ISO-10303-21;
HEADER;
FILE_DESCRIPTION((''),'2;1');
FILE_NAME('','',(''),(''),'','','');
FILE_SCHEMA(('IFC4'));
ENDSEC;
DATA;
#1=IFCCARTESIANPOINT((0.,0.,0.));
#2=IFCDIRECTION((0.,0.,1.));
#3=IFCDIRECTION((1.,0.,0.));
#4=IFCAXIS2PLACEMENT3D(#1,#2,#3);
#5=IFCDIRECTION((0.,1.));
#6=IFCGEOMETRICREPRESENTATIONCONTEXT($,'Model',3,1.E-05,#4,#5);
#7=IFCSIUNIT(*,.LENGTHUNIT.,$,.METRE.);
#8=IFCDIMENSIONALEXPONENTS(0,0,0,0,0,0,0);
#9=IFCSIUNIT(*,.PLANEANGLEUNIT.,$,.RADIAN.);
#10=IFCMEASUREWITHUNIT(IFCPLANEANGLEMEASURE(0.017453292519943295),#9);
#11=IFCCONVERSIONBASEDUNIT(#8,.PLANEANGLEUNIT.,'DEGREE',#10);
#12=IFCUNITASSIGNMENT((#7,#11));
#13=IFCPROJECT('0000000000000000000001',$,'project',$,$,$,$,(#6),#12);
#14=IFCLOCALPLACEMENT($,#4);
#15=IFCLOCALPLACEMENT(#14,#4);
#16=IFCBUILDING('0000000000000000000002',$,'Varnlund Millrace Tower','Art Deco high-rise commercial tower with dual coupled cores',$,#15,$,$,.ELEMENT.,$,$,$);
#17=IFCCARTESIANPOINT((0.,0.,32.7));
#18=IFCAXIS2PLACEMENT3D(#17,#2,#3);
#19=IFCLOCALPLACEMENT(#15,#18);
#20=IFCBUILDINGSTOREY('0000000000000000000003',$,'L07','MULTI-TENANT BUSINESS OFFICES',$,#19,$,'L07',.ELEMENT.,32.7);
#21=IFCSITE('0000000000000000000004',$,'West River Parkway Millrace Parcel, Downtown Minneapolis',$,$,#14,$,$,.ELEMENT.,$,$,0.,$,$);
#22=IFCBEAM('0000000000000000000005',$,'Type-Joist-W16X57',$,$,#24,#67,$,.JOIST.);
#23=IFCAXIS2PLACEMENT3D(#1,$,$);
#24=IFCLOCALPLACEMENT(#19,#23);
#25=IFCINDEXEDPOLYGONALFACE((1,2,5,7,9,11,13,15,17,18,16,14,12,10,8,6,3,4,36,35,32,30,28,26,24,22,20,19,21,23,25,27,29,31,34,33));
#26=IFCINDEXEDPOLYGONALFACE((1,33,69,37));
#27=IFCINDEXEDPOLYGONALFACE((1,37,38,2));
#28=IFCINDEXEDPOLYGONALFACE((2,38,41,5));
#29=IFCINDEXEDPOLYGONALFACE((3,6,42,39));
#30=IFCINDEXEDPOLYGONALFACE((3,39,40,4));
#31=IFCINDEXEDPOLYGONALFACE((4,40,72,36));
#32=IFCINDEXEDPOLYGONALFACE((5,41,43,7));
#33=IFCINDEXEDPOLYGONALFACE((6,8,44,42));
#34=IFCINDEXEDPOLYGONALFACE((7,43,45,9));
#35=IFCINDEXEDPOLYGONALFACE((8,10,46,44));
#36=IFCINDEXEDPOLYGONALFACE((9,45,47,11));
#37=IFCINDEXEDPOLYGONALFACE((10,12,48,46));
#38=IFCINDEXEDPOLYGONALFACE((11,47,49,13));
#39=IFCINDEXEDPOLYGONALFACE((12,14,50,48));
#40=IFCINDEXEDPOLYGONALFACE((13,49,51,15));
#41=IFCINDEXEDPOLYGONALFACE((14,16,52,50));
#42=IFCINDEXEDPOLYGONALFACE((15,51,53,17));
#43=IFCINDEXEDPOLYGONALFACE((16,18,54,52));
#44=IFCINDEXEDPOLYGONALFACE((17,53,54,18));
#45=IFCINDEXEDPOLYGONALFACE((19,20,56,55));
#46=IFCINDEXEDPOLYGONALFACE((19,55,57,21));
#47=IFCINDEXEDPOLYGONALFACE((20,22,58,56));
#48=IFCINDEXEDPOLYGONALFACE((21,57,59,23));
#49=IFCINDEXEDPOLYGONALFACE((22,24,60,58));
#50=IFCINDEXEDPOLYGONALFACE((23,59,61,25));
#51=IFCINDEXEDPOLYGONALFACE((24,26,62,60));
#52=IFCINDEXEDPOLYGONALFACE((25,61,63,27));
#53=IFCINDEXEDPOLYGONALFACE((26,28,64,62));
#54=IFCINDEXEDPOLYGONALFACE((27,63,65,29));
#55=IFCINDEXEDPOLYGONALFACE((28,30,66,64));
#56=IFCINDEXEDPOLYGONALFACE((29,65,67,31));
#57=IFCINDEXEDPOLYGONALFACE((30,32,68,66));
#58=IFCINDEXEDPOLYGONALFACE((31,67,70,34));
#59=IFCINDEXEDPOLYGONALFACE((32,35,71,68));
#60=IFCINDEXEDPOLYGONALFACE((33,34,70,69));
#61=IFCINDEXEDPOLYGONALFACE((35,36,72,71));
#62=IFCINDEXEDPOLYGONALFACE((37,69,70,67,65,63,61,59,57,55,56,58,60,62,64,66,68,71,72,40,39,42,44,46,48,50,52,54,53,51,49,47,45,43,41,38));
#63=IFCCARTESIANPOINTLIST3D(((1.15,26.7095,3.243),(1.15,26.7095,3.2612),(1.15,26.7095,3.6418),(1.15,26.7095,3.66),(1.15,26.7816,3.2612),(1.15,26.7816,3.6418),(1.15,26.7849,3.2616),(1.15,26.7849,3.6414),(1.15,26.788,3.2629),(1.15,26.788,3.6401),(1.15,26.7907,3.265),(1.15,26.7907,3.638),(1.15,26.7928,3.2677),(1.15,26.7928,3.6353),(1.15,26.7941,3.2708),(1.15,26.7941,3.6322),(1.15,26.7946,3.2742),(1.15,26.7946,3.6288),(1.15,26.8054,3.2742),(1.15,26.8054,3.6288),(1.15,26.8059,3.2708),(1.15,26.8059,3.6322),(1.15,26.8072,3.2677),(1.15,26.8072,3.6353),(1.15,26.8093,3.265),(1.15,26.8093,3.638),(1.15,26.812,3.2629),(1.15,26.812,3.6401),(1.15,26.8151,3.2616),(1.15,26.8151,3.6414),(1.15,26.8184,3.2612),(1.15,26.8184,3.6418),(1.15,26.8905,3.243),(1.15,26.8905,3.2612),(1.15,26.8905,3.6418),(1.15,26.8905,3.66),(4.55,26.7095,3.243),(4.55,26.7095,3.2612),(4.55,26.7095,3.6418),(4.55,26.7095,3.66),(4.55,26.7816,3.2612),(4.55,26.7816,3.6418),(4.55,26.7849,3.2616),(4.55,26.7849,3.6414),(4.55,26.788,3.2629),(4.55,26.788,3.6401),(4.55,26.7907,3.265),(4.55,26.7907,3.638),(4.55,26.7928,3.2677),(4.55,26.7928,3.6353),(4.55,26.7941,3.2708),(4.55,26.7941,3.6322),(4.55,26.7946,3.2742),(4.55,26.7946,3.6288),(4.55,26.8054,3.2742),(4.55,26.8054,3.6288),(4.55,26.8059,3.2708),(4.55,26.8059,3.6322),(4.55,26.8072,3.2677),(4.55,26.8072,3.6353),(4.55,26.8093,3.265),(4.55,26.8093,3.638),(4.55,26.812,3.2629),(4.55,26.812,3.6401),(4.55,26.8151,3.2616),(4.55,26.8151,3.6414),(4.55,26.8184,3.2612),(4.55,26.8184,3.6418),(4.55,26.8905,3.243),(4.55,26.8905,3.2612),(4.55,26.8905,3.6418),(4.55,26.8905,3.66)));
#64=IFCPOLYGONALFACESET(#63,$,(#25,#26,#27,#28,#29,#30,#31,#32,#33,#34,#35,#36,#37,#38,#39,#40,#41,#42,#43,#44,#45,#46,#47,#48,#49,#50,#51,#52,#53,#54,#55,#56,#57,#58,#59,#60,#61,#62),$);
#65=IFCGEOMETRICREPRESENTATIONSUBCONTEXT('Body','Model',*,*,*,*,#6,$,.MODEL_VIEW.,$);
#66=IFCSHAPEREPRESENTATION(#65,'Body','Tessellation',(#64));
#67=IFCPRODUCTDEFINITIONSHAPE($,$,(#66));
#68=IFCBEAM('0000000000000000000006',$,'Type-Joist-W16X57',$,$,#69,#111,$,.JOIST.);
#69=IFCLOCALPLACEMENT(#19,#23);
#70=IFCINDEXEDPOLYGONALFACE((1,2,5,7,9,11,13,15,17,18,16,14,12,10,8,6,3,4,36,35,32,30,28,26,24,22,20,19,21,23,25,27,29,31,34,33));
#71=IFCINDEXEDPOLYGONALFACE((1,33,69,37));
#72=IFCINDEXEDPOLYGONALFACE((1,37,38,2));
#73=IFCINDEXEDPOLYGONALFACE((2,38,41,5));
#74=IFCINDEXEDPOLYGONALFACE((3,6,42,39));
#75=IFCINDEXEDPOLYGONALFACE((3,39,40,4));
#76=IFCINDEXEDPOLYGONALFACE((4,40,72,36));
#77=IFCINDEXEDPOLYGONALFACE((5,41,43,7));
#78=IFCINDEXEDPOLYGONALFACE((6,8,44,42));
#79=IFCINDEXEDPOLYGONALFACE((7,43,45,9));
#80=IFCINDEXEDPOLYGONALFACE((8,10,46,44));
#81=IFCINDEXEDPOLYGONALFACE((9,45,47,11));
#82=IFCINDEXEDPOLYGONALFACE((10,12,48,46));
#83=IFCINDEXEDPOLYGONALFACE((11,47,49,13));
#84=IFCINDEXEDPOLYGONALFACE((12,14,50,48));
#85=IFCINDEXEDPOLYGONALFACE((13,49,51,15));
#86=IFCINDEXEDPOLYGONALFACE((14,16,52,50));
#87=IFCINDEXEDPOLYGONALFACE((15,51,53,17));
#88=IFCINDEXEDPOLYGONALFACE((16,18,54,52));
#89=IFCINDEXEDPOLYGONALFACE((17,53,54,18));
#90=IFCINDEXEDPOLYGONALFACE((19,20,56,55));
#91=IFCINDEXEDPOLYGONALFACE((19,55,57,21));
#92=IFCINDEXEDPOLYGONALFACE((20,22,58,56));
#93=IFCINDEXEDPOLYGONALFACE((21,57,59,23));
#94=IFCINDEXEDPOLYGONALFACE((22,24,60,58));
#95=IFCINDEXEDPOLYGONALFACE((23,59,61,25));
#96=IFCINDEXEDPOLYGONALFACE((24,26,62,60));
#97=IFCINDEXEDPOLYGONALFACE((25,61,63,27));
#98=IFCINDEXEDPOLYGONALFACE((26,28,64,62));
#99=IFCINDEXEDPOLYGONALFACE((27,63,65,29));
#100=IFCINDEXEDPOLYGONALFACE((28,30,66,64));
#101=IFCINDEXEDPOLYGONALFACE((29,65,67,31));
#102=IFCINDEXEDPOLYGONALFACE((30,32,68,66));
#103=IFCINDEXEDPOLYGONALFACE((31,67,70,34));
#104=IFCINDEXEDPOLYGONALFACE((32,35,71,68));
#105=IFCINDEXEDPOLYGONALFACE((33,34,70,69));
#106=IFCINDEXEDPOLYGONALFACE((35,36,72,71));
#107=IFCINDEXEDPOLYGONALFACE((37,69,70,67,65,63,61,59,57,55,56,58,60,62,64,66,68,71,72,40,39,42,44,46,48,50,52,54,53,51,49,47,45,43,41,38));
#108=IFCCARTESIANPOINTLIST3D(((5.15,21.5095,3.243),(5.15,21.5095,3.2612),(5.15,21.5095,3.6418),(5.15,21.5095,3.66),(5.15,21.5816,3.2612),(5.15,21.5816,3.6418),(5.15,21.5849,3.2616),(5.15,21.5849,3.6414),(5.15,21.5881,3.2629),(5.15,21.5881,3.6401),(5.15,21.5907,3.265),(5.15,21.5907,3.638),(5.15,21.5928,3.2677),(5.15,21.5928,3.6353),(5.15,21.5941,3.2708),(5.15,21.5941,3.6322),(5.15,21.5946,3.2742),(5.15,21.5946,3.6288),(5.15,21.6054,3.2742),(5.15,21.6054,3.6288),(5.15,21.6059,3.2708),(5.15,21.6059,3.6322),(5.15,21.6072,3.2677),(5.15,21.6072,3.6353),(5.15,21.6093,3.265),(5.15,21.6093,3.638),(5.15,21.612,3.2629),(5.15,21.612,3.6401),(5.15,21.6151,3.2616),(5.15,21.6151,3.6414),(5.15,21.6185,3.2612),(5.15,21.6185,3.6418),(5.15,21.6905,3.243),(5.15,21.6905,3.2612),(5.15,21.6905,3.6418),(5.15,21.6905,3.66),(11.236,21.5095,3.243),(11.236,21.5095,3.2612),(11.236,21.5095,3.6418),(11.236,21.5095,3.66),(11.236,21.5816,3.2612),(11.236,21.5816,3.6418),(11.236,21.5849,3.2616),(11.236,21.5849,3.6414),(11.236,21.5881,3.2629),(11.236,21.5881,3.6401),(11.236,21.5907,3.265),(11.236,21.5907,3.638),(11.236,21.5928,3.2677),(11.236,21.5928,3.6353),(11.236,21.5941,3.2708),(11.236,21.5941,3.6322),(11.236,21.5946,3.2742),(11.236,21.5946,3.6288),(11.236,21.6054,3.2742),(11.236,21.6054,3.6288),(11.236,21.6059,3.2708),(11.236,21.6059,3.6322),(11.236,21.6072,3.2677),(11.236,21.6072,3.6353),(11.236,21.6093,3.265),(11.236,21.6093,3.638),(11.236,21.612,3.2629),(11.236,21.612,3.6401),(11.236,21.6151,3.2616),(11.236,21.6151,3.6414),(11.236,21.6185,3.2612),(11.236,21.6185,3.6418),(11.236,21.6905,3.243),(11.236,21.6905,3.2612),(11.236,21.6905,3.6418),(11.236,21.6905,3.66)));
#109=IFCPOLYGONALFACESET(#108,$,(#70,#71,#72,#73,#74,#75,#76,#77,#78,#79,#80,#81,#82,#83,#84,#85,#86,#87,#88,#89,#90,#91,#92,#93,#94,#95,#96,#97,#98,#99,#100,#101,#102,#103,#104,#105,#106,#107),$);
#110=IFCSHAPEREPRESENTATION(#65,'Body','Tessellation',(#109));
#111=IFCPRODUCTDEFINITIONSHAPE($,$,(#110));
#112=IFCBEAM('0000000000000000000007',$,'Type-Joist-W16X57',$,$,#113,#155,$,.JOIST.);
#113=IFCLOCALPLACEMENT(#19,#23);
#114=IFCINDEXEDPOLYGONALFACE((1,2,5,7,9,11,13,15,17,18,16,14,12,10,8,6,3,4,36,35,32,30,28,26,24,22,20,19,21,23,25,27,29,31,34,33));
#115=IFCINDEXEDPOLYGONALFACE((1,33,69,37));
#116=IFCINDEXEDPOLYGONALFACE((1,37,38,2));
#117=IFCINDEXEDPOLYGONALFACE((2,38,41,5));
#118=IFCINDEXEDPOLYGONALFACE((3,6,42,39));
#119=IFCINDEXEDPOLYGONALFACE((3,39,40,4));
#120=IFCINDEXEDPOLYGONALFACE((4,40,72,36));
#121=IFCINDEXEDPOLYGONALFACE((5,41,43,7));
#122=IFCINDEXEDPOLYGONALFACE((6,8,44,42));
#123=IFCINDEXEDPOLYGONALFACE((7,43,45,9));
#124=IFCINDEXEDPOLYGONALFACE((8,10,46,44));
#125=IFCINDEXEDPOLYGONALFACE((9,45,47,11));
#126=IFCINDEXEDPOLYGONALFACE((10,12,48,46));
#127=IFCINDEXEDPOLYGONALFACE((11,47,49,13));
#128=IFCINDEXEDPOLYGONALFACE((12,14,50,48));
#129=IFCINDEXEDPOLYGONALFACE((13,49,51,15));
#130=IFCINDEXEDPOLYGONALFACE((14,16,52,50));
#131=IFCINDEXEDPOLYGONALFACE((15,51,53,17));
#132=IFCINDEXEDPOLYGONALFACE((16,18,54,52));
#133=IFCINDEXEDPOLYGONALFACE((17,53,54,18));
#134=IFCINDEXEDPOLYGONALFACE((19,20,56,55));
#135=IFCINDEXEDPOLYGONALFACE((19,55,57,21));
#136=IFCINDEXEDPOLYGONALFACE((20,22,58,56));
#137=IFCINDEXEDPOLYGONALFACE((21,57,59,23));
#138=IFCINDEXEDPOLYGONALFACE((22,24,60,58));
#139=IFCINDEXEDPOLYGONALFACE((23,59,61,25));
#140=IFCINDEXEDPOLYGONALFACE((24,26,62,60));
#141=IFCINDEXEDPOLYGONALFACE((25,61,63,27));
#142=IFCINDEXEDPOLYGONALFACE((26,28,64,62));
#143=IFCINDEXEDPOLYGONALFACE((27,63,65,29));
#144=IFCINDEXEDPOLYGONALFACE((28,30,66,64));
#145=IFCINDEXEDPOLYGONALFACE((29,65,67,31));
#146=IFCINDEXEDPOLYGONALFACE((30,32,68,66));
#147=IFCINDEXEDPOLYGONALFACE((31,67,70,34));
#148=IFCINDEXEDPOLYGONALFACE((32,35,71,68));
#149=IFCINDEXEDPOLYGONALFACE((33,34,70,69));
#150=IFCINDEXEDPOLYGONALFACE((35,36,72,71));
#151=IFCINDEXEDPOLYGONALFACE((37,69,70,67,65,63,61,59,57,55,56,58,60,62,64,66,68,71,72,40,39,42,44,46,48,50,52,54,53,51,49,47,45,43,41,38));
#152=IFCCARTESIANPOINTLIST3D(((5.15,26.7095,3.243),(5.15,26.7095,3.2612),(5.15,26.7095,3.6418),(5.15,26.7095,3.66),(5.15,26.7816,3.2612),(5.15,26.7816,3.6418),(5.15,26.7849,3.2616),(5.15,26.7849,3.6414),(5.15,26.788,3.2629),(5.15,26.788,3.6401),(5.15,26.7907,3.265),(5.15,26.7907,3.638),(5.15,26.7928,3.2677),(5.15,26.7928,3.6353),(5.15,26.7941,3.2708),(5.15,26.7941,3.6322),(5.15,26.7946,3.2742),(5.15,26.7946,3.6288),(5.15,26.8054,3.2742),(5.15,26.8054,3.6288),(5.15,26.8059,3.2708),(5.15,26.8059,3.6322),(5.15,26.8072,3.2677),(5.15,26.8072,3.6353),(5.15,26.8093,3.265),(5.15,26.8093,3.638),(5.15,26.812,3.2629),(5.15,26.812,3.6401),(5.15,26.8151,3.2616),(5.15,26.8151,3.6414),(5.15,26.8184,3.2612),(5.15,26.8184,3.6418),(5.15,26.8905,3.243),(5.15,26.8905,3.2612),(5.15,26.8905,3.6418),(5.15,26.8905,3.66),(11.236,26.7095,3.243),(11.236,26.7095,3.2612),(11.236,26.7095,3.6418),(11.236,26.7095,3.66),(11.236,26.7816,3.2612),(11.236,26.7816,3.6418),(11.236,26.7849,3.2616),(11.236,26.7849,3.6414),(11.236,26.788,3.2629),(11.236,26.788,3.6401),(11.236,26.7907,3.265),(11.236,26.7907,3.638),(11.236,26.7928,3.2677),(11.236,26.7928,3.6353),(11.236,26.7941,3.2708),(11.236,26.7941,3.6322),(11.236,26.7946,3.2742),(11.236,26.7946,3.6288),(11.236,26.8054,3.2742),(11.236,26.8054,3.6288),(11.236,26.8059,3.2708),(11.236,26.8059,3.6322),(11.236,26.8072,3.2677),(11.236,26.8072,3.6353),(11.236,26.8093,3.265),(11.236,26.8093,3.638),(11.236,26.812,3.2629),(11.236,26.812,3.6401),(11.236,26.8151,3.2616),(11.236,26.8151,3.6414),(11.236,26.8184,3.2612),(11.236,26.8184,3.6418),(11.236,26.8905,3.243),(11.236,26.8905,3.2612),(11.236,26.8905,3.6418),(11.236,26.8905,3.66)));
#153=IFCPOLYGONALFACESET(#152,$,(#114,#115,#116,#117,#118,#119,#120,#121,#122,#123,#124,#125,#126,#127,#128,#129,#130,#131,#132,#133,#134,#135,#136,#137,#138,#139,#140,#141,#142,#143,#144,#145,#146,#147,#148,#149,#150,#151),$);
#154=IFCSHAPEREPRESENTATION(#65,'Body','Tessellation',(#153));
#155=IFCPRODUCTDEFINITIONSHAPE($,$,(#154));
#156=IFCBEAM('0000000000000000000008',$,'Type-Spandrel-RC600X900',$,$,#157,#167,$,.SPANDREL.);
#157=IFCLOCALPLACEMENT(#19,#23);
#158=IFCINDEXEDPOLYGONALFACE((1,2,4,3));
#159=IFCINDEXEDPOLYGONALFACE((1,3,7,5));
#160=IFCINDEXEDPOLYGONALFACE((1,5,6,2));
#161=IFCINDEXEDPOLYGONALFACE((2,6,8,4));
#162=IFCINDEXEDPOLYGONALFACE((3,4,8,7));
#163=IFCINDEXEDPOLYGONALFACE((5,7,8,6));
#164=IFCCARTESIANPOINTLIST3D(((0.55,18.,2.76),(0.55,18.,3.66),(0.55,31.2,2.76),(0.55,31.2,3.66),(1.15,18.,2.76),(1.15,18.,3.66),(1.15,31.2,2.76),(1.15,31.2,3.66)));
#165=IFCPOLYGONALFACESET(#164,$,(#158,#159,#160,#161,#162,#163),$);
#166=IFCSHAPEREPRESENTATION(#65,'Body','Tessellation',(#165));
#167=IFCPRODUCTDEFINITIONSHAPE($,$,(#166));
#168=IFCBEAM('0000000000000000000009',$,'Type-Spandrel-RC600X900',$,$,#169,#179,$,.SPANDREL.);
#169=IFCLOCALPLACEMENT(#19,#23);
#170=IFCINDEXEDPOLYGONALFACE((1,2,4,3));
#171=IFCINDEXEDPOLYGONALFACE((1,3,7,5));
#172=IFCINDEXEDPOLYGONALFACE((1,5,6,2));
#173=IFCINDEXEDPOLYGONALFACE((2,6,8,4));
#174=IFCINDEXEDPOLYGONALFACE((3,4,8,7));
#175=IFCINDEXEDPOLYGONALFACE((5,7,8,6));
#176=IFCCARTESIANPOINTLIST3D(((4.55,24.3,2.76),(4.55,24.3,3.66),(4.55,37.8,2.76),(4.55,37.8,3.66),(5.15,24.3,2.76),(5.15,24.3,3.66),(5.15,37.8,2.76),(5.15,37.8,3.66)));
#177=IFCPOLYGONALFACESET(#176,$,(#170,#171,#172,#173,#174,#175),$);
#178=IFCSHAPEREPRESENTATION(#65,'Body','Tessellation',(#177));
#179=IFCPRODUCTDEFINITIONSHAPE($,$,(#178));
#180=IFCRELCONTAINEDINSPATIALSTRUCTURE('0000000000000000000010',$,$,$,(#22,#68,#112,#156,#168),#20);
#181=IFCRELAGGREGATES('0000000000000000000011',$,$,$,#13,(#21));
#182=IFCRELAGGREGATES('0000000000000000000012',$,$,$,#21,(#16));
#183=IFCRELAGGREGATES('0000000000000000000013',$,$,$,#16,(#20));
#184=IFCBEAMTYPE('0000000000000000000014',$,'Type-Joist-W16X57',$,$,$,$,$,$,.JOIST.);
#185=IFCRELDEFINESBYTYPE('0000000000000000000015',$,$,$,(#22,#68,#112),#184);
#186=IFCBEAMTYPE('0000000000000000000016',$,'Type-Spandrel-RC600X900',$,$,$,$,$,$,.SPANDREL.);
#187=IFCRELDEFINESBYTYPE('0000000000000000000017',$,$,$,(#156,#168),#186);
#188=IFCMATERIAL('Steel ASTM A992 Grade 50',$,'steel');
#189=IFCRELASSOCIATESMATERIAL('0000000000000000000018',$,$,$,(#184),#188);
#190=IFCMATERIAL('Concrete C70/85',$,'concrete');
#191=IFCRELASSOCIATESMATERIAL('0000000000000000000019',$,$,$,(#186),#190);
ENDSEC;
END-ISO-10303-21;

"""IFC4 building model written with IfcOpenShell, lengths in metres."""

from ifc_helpers import new_model, entity, si_unit, converted_unit, direction, frame, origin_with_axes, origin_2d_with_axis, place, context, subcontext, project, spatial, rectangle, i_section, extrude, material, material_profile, profile_set, type_object, element, save


model = new_model("IFC4")

# Units and contexts
model_context = context("Model", 3, precision=1e-05, world=origin_with_axes(), true_north=direction((0.0, 1.0)))
body_context = subcontext(model_context, "Body", "Model", "MODEL_VIEW")
ifc_project = project(units=[si_unit("LENGTHUNIT", "METRE"), converted_unit("PLANEANGLEUNIT", "DEGREE", entity("IfcPlaneAngleMeasure", 0.017453292519943295), si_unit("PLANEANGLEUNIT", "RADIAN"), dimensions=[0, 0, 0, 0, 0, 0, 0])], contexts=[model_context])

# Site, building, storey
site_placement = place(None, origin_with_axes())
site = spatial("IfcSite", under=ifc_project, at=site_placement, Name="West River Parkway Millrace Parcel, Downtown Minneapolis", CompositionType="ELEMENT", RefElevation=0.0)
building_placement = place(site_placement, origin_with_axes())
building = spatial("IfcBuilding", under=site, at=building_placement, Name="Varnlund Millrace Tower", Description="Art Deco high-rise commercial tower with dual coupled cores", CompositionType="ELEMENT")
storey_placement = place(building_placement, frame((0.0, 0.0, 32.7), z_axis=(0.0, 0.0, 1.0), x_axis=(1.0, 0.0, 0.0)))
storey = spatial("IfcBuildingStorey", under=building, at=storey_placement, Name="L07", Description="MULTI-TENANT BUSINESS OFFICES", LongName="L07", CompositionType="ELEMENT", Elevation=32.7)

# Beams
ifc_material_1 = material(Name="Steel ASTM A992 Grade 50", Category="steel")
ifc_material_profile_1 = material_profile(ifc_material_1, i_section(OverallWidth=0.181, OverallDepth=0.417, WebThickness=0.0109, FlangeThickness=0.0182, FilletRadius=0.013, at=origin_2d_with_axis()), Name="Steel ASTM A992 Grade 50")
ifc_profile_set_1 = profile_set([ifc_material_profile_1], Name="Steel ASTM A992 Grade 50")
beam_type_1 = type_object("IfcBeamType", Name="Type-Joist-W16X57", PredefinedType="JOIST", material=ifc_profile_set_1)
for number, where, z_axis, x_axis, name in (
    (1, (1.15, 26.8, 3.4515), (1.0, 0.0, 0.0), (0.0, 1.0, 0.0), "Type-Joist-W16X57"),
):
    element("IfcBeam", number, at=place(storey_placement, frame(where, z_axis=z_axis, x_axis=x_axis)), inside=storey, type_object=beam_type_1, Name=name, PredefinedType="JOIST", context=body_context, shape_type="SweptSolid", body=[
        extrude(i_section(OverallWidth=0.181, OverallDepth=0.417, WebThickness=0.0109, FlangeThickness=0.0182, FilletRadius=0.013, at=origin_2d_with_axis()), origin_with_axes(), (0.0, 0.0, 1.0), 3.4),
    ])
for number, where, z_axis, x_axis, name in (
    (2, (5.15, 21.6, 3.4515), (1.0, 0.0, 0.0), (0.0, 1.0, 0.0), "Type-Joist-W16X57"),
    (3, (5.15, 26.8, 3.4515), (1.0, 0.0, 0.0), (0.0, 1.0, 0.0), "Type-Joist-W16X57"),
):
    element("IfcBeam", number, at=place(storey_placement, frame(where, z_axis=z_axis, x_axis=x_axis)), inside=storey, type_object=beam_type_1, Name=name, PredefinedType="JOIST", context=body_context, shape_type="SweptSolid", body=[
        extrude(i_section(OverallWidth=0.181, OverallDepth=0.417, WebThickness=0.0109, FlangeThickness=0.0182, FilletRadius=0.013, at=origin_2d_with_axis()), origin_with_axes(), (0.0, 0.0, 1.0), 6.086),
    ])
ifc_material_2 = material(Name="Concrete C70/85", Category="concrete")
ifc_material_profile_2 = material_profile(ifc_material_2, rectangle(XDim=0.6, YDim=0.9, at=origin_2d_with_axis()), Name="Concrete C70/85")
ifc_profile_set_2 = profile_set([ifc_material_profile_2], Name="Concrete C70/85")
beam_type_2 = type_object("IfcBeamType", Name="Type-Spandrel-RC600X900", PredefinedType="SPANDREL", material=ifc_profile_set_2)
beam_1_placement = place(storey_placement, frame((0.85, 18.0, 3.21), z_axis=(0.0, 1.0, 0.0), x_axis=(-1.0, 0.0, 0.0)))
element("IfcBeam", 4, at=beam_1_placement, inside=storey, type_object=beam_type_2, Name="Type-Spandrel-RC600X900", PredefinedType="SPANDREL", context=body_context, shape_type="SweptSolid", body=[
    extrude(rectangle(XDim=0.6, YDim=0.9, at=origin_2d_with_axis()), origin_with_axes(), (0.0, 0.0, 1.0), 13.2),
])
beam_2_placement = place(storey_placement, frame((4.85, 24.3, 3.21), z_axis=(0.0, 1.0, 0.0), x_axis=(-1.0, 0.0, 0.0)))
element("IfcBeam", 5, at=beam_2_placement, inside=storey, type_object=beam_type_2, Name="Type-Spandrel-RC600X900", PredefinedType="SPANDREL", context=body_context, shape_type="SweptSolid", body=[
    extrude(rectangle(XDim=0.6, YDim=0.9, at=origin_2d_with_axis()), origin_with_axes(), (0.0, 0.0, 1.0), 13.5),
])

save(model, "model.ifc")
